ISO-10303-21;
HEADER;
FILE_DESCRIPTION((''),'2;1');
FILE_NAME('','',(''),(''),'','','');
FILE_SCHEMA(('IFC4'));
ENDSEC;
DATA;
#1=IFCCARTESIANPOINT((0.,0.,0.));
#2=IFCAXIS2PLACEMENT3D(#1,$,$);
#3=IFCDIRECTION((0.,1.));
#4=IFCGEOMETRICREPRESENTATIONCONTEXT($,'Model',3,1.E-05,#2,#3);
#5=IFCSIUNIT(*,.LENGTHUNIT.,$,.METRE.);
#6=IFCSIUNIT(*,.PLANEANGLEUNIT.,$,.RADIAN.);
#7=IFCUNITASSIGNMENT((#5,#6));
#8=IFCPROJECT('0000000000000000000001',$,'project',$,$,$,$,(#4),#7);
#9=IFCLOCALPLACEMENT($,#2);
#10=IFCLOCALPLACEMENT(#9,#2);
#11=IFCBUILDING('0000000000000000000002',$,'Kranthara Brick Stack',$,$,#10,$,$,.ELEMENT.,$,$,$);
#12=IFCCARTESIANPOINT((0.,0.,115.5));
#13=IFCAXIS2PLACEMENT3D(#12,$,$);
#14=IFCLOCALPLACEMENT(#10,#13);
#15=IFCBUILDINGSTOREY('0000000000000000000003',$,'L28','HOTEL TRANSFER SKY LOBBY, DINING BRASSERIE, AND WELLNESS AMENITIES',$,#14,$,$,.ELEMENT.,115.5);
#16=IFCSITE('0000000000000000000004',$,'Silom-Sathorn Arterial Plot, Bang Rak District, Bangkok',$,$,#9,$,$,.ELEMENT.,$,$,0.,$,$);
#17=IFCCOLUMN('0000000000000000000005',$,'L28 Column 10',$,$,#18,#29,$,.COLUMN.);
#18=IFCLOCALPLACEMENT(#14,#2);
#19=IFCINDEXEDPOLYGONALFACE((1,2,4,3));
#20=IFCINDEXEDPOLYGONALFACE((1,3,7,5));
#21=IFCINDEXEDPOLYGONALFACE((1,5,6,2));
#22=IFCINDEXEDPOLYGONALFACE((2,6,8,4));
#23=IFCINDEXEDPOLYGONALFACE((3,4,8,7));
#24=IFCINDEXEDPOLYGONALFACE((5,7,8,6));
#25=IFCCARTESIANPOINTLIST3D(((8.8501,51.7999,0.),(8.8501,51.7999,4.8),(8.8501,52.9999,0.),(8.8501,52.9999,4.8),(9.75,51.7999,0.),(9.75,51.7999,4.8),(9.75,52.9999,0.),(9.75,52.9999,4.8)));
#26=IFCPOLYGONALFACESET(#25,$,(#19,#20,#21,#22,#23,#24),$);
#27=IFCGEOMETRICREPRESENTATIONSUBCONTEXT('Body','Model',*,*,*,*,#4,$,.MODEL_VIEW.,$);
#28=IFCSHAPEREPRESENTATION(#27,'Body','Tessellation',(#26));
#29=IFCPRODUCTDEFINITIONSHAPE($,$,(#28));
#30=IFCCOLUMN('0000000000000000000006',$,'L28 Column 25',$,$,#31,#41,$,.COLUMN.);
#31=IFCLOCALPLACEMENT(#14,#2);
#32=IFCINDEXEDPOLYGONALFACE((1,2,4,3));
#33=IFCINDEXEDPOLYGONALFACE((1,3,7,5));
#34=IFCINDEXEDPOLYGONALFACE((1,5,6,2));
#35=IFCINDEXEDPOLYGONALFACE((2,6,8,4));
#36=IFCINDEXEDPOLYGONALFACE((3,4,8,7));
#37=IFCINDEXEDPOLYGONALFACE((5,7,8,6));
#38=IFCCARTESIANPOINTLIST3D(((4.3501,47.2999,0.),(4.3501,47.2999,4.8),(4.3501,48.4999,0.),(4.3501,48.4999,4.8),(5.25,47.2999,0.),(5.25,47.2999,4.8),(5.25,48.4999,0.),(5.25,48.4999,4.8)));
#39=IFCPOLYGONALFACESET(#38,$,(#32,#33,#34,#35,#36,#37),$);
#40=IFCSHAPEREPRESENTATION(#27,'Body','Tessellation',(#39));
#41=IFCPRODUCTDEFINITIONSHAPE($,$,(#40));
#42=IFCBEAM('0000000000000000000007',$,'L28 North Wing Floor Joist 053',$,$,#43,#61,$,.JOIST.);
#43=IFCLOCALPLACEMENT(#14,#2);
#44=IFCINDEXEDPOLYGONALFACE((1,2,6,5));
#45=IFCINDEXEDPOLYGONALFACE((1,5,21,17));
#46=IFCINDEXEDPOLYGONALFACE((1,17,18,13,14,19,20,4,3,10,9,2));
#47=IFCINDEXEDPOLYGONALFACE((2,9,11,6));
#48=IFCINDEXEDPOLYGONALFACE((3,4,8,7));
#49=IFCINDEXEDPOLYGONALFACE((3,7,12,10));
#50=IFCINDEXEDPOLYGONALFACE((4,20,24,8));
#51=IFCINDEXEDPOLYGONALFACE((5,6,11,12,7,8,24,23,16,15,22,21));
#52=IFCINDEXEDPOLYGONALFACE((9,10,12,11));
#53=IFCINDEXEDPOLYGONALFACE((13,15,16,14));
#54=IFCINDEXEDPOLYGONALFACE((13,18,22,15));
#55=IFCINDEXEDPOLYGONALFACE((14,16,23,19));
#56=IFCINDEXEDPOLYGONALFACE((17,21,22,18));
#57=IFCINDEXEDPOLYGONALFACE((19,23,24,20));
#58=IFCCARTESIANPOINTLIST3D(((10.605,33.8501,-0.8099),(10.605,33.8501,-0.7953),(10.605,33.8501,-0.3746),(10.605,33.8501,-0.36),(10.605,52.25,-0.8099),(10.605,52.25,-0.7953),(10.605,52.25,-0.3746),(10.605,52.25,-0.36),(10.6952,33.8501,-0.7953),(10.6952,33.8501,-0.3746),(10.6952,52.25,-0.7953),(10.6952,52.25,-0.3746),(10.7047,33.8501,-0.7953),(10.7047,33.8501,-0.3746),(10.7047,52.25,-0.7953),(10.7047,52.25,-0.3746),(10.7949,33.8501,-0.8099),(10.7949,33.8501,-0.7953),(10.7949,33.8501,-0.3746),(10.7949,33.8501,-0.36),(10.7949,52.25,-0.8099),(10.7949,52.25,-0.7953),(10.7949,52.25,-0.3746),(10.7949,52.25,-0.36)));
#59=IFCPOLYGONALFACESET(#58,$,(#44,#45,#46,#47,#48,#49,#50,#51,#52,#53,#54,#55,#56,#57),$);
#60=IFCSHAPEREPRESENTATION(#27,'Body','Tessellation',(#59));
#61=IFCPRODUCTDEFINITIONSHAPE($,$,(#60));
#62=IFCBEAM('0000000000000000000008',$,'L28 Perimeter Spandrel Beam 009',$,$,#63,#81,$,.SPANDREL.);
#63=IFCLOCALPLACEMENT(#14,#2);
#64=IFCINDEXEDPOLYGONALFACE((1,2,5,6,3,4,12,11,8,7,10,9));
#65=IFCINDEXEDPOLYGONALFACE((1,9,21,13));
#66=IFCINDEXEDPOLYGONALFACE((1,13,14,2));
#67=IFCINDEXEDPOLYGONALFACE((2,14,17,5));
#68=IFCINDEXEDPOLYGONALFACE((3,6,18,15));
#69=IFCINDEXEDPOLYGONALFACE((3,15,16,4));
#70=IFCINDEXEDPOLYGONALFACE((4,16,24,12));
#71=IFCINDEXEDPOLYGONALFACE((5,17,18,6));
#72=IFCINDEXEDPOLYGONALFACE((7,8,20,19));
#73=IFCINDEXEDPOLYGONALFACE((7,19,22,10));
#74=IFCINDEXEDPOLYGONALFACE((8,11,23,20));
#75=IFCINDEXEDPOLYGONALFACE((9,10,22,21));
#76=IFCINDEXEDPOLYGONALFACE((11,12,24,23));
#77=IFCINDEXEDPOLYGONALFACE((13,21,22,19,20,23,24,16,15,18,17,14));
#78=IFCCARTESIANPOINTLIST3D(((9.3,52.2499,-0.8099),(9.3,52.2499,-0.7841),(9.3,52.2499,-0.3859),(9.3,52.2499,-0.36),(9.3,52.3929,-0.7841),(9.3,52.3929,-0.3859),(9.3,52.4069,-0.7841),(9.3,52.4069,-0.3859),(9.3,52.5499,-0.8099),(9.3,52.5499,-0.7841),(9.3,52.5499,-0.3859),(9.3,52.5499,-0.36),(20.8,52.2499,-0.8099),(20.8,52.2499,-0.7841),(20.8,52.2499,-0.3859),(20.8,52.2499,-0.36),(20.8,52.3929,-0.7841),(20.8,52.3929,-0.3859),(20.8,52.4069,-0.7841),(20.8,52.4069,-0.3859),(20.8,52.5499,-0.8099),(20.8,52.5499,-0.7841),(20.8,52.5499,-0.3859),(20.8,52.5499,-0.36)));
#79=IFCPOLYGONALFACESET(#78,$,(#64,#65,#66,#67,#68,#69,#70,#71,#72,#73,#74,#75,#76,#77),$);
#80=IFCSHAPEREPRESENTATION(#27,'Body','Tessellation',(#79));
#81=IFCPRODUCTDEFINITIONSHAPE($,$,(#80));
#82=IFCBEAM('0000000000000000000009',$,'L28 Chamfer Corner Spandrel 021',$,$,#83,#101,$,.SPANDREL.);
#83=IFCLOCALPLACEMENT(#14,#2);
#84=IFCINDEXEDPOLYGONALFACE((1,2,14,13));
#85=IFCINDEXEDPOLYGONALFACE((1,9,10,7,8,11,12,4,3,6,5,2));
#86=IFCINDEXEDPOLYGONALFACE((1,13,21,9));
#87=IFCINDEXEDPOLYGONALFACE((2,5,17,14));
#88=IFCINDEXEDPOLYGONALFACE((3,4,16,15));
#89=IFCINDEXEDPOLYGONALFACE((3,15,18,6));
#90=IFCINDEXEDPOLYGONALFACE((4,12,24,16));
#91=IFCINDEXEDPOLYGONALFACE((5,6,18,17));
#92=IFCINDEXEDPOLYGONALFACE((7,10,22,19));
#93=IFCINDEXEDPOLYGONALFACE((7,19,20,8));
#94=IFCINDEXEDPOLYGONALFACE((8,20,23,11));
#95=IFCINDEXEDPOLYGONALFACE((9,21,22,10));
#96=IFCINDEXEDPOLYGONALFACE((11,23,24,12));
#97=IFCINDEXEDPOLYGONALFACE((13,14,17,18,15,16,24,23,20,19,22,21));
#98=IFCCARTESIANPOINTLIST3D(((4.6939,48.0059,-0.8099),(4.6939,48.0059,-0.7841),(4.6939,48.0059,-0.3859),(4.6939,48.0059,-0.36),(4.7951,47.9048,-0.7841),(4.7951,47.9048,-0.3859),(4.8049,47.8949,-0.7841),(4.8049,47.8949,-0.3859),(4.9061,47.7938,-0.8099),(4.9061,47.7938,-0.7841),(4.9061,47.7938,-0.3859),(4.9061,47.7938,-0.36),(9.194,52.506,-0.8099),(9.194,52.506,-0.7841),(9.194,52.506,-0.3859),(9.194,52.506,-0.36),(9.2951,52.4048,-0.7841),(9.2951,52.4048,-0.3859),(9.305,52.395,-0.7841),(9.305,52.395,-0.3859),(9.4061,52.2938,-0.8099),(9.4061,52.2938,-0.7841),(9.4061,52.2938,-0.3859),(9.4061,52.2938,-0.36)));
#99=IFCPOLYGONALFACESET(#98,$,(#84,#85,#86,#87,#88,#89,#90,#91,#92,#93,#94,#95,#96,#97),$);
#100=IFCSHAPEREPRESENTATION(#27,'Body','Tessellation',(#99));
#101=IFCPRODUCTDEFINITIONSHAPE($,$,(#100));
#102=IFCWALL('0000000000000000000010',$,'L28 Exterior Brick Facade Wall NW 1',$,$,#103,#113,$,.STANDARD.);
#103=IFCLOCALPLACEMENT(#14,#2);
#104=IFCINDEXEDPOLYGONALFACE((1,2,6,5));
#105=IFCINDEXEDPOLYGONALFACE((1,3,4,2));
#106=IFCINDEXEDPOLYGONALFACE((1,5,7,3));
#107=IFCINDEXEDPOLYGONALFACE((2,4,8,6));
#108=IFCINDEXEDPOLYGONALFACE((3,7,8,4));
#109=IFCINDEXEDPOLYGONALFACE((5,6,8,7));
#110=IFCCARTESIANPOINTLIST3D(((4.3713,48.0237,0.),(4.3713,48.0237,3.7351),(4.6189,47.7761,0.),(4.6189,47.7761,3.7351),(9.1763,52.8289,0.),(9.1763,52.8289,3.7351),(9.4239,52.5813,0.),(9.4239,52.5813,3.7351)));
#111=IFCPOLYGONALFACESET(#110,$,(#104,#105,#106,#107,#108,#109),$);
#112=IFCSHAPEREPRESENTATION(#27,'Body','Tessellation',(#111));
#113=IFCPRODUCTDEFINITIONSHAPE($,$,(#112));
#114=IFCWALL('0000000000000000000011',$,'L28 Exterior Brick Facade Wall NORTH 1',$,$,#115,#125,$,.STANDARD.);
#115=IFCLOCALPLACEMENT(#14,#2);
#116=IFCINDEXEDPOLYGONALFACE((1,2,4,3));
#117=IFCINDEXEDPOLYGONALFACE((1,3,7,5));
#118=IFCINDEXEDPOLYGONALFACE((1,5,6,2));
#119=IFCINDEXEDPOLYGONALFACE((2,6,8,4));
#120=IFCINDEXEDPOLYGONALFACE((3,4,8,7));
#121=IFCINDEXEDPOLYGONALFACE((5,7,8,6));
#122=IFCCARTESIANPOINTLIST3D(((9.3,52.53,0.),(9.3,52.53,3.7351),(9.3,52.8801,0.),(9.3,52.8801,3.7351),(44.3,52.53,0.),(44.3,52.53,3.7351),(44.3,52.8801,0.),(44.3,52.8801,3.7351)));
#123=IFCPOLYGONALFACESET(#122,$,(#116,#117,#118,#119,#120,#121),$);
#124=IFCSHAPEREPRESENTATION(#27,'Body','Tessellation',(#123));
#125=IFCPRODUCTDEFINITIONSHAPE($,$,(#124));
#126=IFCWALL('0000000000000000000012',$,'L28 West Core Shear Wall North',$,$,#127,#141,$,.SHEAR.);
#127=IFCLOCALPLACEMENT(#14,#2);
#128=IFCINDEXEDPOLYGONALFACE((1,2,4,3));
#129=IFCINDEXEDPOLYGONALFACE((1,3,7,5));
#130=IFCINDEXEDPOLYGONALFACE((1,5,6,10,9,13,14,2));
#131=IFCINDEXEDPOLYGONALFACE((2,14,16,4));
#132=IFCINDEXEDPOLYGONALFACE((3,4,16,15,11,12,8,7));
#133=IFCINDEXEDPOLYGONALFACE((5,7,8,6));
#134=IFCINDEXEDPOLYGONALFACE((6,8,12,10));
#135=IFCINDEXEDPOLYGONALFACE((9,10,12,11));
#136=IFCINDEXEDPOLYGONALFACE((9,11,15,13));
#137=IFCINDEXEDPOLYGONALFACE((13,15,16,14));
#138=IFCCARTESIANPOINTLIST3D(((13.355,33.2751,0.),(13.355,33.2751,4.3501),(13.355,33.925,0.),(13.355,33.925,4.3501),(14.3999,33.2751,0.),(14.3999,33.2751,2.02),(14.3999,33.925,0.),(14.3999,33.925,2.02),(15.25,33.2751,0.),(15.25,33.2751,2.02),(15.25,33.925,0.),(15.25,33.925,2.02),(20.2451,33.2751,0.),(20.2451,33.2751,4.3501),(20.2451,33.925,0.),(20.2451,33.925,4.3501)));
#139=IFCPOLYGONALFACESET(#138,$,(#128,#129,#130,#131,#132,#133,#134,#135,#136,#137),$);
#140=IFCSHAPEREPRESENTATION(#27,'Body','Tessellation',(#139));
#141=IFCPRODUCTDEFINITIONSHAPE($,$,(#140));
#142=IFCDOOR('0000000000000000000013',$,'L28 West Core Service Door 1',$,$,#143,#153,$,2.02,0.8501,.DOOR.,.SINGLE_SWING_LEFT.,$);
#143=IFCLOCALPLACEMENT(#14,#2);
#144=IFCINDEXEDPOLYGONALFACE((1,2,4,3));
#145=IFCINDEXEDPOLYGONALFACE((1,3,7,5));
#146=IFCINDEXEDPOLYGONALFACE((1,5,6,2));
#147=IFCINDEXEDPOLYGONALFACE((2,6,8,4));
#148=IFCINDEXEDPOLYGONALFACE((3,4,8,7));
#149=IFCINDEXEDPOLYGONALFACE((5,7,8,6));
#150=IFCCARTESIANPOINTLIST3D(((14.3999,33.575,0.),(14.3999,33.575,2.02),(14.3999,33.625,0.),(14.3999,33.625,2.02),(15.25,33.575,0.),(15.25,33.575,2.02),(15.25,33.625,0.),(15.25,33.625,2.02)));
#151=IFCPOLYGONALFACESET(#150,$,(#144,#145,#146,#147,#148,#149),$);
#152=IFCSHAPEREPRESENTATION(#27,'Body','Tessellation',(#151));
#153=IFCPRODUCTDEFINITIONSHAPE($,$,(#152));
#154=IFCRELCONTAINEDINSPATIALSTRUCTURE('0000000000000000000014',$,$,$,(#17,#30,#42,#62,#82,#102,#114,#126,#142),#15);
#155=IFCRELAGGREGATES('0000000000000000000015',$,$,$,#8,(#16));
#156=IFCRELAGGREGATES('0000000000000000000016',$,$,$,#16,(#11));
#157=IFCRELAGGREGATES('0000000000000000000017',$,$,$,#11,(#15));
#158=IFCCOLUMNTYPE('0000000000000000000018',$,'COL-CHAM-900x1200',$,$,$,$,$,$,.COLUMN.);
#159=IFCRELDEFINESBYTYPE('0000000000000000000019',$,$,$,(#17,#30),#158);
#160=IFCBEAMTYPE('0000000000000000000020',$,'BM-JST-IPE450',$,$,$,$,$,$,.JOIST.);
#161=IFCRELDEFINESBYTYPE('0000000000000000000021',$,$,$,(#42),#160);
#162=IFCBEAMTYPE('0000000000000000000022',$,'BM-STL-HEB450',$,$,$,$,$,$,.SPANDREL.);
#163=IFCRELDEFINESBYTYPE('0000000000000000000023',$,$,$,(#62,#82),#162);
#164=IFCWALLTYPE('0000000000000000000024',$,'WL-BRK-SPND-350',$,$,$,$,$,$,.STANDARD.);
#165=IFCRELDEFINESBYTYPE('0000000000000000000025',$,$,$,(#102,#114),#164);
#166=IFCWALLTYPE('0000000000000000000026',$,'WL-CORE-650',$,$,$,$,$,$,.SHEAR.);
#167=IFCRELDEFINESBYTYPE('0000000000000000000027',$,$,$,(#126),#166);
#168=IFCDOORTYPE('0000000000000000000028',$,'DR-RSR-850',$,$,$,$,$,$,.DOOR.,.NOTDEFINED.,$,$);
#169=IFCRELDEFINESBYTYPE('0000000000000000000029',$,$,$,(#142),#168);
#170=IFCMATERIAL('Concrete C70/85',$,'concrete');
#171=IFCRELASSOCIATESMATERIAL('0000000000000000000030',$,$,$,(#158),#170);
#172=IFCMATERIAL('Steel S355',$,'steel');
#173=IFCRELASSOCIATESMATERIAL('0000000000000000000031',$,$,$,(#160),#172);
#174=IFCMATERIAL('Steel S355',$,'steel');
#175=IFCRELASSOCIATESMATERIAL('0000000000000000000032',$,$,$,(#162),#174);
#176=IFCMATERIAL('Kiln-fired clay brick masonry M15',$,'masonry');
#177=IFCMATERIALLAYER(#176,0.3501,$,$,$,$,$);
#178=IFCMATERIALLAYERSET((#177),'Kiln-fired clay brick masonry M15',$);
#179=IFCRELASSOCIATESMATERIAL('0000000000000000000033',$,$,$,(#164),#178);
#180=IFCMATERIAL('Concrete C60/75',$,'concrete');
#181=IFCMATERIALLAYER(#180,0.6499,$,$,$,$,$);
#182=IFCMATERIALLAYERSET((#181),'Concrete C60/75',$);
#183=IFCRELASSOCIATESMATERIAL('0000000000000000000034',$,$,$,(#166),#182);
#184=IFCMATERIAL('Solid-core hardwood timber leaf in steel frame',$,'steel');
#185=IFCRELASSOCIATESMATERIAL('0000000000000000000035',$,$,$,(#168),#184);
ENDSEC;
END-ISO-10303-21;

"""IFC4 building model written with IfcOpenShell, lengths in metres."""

from ifc_helpers import new_model, si_unit, direction, frame, frame_2d, origin, origin_2d, place, context, subcontext, project, spatial, rectangle, i_section, extrude, material, layer, layer_set, material_profile, profile_set, type_object, element, fill, save


model = new_model("IFC4")

# Units and contexts
model_context = context("Model", 3, precision=1e-05, world=origin(), true_north=direction((0.0, 1.0)))
body_context = subcontext(model_context, "Body", "Model", "MODEL_VIEW")
ifc_project = project(units=[si_unit("LENGTHUNIT", "METRE"), si_unit("PLANEANGLEUNIT", "RADIAN")], contexts=[model_context])

# Site, building, storey
site_placement = place(None, origin())
site = spatial("IfcSite", under=ifc_project, at=site_placement, Name="Silom-Sathorn Arterial Plot, Bang Rak District, Bangkok", CompositionType="ELEMENT", RefElevation=0.0)
building_placement = place(site_placement, origin())
building = spatial("IfcBuilding", under=site, at=building_placement, Name="Kranthara Brick Stack", CompositionType="ELEMENT")
storey_placement = place(building_placement, frame((0.0, 0.0, 115.5)))
storey = spatial("IfcBuildingStorey", under=building, at=storey_placement, Name="L28", Description="HOTEL TRANSFER SKY LOBBY, DINING BRASSERIE, AND WELLNESS AMENITIES", CompositionType="ELEMENT", Elevation=115.5)

# Columns
ifc_material_1 = material(Name="Concrete C70/85", Category="concrete")
ifc_material_profile_1 = material_profile(ifc_material_1, rectangle(XDim=0.8999, YDim=1.2, at=origin_2d()), Name="RC 900x1200")
ifc_profile_set_1 = profile_set([ifc_material_profile_1], Name="Concrete C70/85")
column_type = type_object("IfcColumnType", Name="COL-CHAM-900x1200", PredefinedType="COLUMN", material=ifc_profile_set_1)
for number, where, z_axis, x_axis, name in (
    (1, (9.3, 52.3999, 0.0), (0.0, 0.0, 1.0), (1.0, 0.0, 0.0), "L28 Column 10"),
    (2, (4.8, 47.8999, 0.0), (0.0, 0.0, 1.0), (1.0, 0.0, 0.0), "L28 Column 25"),
):
    element("IfcColumn", number, at=place(storey_placement, frame(where, z_axis=z_axis, x_axis=x_axis)), inside=storey, type_object=column_type, Name=name, PredefinedType="COLUMN", context=body_context, shape_type="SweptSolid", body=[
        extrude(rectangle(XDim=0.8999, YDim=1.2, at=origin_2d()), origin(), (0.0, 0.0, 1.0), 4.8),
    ])

# Beams
ifc_material_2 = material(Name="Steel S355", Category="steel")
ifc_material_profile_2 = material_profile(ifc_material_2, i_section(OverallWidth=0.1899, OverallDepth=0.45, WebThickness=0.0095, FlangeThickness=0.0146, at=origin_2d()), Name="IPE 450")
ifc_profile_set_2 = profile_set([ifc_material_profile_2], Name="Steel S355")
beam_type_1 = type_object("IfcBeamType", Name="BM-JST-IPE450", PredefinedType="JOIST", material=ifc_profile_set_2)
beam_1_placement = place(storey_placement, frame((10.7, 33.8501, -0.585), z_axis=(0.0, 1.0, 0.0), x_axis=(-1.0, 0.0, 0.0)))
element("IfcBeam", 3, at=beam_1_placement, inside=storey, type_object=beam_type_1, Name="L28 North Wing Floor Joist 053", PredefinedType="JOIST", context=body_context, shape_type="SweptSolid", body=[
    extrude(i_section(OverallWidth=0.1899, OverallDepth=0.45, WebThickness=0.0095, FlangeThickness=0.0146, at=origin_2d()), origin(), (0.0, 0.0, 1.0), 18.3999),
])
ifc_material_3 = material(Name="Steel S355", Category="steel")
ifc_material_profile_3 = material_profile(ifc_material_3, i_section(OverallWidth=0.3, OverallDepth=0.45, WebThickness=0.0139, FlangeThickness=0.0259, at=origin_2d()), Name="HEB 450")
ifc_profile_set_3 = profile_set([ifc_material_profile_3], Name="Steel S355")
beam_type_2 = type_object("IfcBeamType", Name="BM-STL-HEB450", PredefinedType="SPANDREL", material=ifc_profile_set_3)
beam_2_placement = place(storey_placement, frame((9.3, 52.3999, -0.585), z_axis=(1.0, 0.0, 0.0), x_axis=(0.0, 1.0, 0.0)))
element("IfcBeam", 4, at=beam_2_placement, inside=storey, type_object=beam_type_2, Name="L28 Perimeter Spandrel Beam 009", PredefinedType="SPANDREL", context=body_context, shape_type="SweptSolid", body=[
    extrude(i_section(OverallWidth=0.3, OverallDepth=0.45, WebThickness=0.0139, FlangeThickness=0.0259, at=origin_2d()), origin(), (0.0, 0.0, 1.0), 11.5),
])
beam_3_placement = place(storey_placement, frame((9.3, 52.3999, -0.585), z_axis=(-0.707107, -0.707107, 0.0), x_axis=(0.707107, -0.707107, 0.0)))
element("IfcBeam", 5, at=beam_3_placement, inside=storey, type_object=beam_type_2, Name="L28 Chamfer Corner Spandrel 021", PredefinedType="SPANDREL", context=body_context, shape_type="SweptSolid", body=[
    extrude(i_section(OverallWidth=0.3, OverallDepth=0.45, WebThickness=0.0139, FlangeThickness=0.0259, at=origin_2d()), origin(), (0.0, 0.0, 1.0), 6.364),
])

# Walls
ifc_material_4 = material(Name="Kiln-fired clay brick masonry M15", Category="masonry")
ifc_layer_1 = layer(ifc_material_4, 0.3501)
ifc_layer_set_1 = layer_set([ifc_layer_1], Name="Kiln-fired clay brick masonry M15")
wall_type_1 = type_object("IfcWallType", Name="WL-BRK-SPND-350", PredefinedType="STANDARD", material=ifc_layer_set_1)
wall_1_placement = place(storey_placement, frame((4.4951, 47.8999, 0.0), z_axis=(0.0, 0.0, 1.0), x_axis=(0.707089, 0.707125, 0.0)))
element("IfcWall", 6, at=wall_1_placement, inside=storey, type_object=wall_type_1, Name="L28 Exterior Brick Facade Wall NW 1", PredefinedType="STANDARD", context=body_context, shape_type="SweptSolid", body=[
    extrude(rectangle(XDim=6.7954, YDim=0.3501, at=frame_2d((3.3977, 0.0))), origin(), (0.0, 0.0, 1.0), 3.7351),
])
wall_2_placement = place(storey_placement, frame((9.3, 52.7051, 0.0), z_axis=(0.0, 0.0, 1.0), x_axis=(1.0, 0.0, 0.0)))
element("IfcWall", 7, at=wall_2_placement, inside=storey, type_object=wall_type_1, Name="L28 Exterior Brick Facade Wall NORTH 1", PredefinedType="STANDARD", context=body_context, shape_type="SweptSolid", body=[
    extrude(rectangle(XDim=35.0, YDim=0.3501, at=frame_2d((17.5, 0.0))), origin(), (0.0, 0.0, 1.0), 3.7351),
])

# Wall, opening, door
ifc_material_5 = material(Name="Concrete C60/75", Category="concrete")
ifc_layer_2 = layer(ifc_material_5, 0.6499)
ifc_layer_set_2 = layer_set([ifc_layer_2], Name="Concrete C60/75")
wall_type_2 = type_object("IfcWallType", Name="WL-CORE-650", PredefinedType="SHEAR", material=ifc_layer_set_2)
wall_3_placement = place(storey_placement, frame((13.355, 33.6001, 0.0), z_axis=(0.0, 0.0, 1.0), x_axis=(1.0, 0.0, 0.0)))
wall_3 = element("IfcWall", 8, at=wall_3_placement, inside=storey, type_object=wall_type_2, Name="L28 West Core Shear Wall North", PredefinedType="SHEAR", context=body_context, shape_type="SweptSolid", body=[
    extrude(rectangle(XDim=6.8901, YDim=0.6499, at=frame_2d((3.4451, 0.0))), origin(), (0.0, 0.0, 1.0), 4.3501),
])
opening_1_placement = place(wall_3_placement, frame((1.0449, 0.0, 0.0)))
opening_1 = element("IfcOpeningElement", 9, at=opening_1_placement, cuts=wall_3, PredefinedType="OPENING", context=body_context, shape_type="SweptSolid", body=[
    extrude(rectangle(XDim=0.8501, YDim=2.02, at=frame_2d((0.425, 1.01))), frame((0.0, 0.335, 0.0), z_axis=(0.0, -1.0, 0.0), x_axis=(1.0, 0.0, 0.0)), (0.0, 0.0, 1.0), 0.6699),
])
ifc_material_6 = material(Name="Solid-core hardwood timber leaf in steel frame", Category="steel")
door_type_1 = type_object("IfcDoorType", Name="DR-RSR-850", OperationType="NOTDEFINED", PredefinedType="DOOR", material=ifc_material_6)
door_1_placement = place(opening_1_placement, origin())
door_1 = element("IfcDoor", 10, at=door_1_placement, inside=storey, type_object=door_type_1, Name="L28 West Core Service Door 1", OperationType="SINGLE_SWING_LEFT", OverallHeight=2.02, OverallWidth=0.8501, PredefinedType="DOOR", context=body_context, shape_type="SweptSolid", body=[
    extrude(rectangle(XDim=0.8501, YDim=2.02, at=frame_2d((0.425, 1.01))), frame((0.0, 0.0249, 0.0), z_axis=(0.0, -1.0, 0.0), x_axis=(1.0, 0.0, 0.0)), (0.0, 0.0, 1.0), 0.05),
])
fill(opening_1, door_1)

save(model, "model.ifc")
